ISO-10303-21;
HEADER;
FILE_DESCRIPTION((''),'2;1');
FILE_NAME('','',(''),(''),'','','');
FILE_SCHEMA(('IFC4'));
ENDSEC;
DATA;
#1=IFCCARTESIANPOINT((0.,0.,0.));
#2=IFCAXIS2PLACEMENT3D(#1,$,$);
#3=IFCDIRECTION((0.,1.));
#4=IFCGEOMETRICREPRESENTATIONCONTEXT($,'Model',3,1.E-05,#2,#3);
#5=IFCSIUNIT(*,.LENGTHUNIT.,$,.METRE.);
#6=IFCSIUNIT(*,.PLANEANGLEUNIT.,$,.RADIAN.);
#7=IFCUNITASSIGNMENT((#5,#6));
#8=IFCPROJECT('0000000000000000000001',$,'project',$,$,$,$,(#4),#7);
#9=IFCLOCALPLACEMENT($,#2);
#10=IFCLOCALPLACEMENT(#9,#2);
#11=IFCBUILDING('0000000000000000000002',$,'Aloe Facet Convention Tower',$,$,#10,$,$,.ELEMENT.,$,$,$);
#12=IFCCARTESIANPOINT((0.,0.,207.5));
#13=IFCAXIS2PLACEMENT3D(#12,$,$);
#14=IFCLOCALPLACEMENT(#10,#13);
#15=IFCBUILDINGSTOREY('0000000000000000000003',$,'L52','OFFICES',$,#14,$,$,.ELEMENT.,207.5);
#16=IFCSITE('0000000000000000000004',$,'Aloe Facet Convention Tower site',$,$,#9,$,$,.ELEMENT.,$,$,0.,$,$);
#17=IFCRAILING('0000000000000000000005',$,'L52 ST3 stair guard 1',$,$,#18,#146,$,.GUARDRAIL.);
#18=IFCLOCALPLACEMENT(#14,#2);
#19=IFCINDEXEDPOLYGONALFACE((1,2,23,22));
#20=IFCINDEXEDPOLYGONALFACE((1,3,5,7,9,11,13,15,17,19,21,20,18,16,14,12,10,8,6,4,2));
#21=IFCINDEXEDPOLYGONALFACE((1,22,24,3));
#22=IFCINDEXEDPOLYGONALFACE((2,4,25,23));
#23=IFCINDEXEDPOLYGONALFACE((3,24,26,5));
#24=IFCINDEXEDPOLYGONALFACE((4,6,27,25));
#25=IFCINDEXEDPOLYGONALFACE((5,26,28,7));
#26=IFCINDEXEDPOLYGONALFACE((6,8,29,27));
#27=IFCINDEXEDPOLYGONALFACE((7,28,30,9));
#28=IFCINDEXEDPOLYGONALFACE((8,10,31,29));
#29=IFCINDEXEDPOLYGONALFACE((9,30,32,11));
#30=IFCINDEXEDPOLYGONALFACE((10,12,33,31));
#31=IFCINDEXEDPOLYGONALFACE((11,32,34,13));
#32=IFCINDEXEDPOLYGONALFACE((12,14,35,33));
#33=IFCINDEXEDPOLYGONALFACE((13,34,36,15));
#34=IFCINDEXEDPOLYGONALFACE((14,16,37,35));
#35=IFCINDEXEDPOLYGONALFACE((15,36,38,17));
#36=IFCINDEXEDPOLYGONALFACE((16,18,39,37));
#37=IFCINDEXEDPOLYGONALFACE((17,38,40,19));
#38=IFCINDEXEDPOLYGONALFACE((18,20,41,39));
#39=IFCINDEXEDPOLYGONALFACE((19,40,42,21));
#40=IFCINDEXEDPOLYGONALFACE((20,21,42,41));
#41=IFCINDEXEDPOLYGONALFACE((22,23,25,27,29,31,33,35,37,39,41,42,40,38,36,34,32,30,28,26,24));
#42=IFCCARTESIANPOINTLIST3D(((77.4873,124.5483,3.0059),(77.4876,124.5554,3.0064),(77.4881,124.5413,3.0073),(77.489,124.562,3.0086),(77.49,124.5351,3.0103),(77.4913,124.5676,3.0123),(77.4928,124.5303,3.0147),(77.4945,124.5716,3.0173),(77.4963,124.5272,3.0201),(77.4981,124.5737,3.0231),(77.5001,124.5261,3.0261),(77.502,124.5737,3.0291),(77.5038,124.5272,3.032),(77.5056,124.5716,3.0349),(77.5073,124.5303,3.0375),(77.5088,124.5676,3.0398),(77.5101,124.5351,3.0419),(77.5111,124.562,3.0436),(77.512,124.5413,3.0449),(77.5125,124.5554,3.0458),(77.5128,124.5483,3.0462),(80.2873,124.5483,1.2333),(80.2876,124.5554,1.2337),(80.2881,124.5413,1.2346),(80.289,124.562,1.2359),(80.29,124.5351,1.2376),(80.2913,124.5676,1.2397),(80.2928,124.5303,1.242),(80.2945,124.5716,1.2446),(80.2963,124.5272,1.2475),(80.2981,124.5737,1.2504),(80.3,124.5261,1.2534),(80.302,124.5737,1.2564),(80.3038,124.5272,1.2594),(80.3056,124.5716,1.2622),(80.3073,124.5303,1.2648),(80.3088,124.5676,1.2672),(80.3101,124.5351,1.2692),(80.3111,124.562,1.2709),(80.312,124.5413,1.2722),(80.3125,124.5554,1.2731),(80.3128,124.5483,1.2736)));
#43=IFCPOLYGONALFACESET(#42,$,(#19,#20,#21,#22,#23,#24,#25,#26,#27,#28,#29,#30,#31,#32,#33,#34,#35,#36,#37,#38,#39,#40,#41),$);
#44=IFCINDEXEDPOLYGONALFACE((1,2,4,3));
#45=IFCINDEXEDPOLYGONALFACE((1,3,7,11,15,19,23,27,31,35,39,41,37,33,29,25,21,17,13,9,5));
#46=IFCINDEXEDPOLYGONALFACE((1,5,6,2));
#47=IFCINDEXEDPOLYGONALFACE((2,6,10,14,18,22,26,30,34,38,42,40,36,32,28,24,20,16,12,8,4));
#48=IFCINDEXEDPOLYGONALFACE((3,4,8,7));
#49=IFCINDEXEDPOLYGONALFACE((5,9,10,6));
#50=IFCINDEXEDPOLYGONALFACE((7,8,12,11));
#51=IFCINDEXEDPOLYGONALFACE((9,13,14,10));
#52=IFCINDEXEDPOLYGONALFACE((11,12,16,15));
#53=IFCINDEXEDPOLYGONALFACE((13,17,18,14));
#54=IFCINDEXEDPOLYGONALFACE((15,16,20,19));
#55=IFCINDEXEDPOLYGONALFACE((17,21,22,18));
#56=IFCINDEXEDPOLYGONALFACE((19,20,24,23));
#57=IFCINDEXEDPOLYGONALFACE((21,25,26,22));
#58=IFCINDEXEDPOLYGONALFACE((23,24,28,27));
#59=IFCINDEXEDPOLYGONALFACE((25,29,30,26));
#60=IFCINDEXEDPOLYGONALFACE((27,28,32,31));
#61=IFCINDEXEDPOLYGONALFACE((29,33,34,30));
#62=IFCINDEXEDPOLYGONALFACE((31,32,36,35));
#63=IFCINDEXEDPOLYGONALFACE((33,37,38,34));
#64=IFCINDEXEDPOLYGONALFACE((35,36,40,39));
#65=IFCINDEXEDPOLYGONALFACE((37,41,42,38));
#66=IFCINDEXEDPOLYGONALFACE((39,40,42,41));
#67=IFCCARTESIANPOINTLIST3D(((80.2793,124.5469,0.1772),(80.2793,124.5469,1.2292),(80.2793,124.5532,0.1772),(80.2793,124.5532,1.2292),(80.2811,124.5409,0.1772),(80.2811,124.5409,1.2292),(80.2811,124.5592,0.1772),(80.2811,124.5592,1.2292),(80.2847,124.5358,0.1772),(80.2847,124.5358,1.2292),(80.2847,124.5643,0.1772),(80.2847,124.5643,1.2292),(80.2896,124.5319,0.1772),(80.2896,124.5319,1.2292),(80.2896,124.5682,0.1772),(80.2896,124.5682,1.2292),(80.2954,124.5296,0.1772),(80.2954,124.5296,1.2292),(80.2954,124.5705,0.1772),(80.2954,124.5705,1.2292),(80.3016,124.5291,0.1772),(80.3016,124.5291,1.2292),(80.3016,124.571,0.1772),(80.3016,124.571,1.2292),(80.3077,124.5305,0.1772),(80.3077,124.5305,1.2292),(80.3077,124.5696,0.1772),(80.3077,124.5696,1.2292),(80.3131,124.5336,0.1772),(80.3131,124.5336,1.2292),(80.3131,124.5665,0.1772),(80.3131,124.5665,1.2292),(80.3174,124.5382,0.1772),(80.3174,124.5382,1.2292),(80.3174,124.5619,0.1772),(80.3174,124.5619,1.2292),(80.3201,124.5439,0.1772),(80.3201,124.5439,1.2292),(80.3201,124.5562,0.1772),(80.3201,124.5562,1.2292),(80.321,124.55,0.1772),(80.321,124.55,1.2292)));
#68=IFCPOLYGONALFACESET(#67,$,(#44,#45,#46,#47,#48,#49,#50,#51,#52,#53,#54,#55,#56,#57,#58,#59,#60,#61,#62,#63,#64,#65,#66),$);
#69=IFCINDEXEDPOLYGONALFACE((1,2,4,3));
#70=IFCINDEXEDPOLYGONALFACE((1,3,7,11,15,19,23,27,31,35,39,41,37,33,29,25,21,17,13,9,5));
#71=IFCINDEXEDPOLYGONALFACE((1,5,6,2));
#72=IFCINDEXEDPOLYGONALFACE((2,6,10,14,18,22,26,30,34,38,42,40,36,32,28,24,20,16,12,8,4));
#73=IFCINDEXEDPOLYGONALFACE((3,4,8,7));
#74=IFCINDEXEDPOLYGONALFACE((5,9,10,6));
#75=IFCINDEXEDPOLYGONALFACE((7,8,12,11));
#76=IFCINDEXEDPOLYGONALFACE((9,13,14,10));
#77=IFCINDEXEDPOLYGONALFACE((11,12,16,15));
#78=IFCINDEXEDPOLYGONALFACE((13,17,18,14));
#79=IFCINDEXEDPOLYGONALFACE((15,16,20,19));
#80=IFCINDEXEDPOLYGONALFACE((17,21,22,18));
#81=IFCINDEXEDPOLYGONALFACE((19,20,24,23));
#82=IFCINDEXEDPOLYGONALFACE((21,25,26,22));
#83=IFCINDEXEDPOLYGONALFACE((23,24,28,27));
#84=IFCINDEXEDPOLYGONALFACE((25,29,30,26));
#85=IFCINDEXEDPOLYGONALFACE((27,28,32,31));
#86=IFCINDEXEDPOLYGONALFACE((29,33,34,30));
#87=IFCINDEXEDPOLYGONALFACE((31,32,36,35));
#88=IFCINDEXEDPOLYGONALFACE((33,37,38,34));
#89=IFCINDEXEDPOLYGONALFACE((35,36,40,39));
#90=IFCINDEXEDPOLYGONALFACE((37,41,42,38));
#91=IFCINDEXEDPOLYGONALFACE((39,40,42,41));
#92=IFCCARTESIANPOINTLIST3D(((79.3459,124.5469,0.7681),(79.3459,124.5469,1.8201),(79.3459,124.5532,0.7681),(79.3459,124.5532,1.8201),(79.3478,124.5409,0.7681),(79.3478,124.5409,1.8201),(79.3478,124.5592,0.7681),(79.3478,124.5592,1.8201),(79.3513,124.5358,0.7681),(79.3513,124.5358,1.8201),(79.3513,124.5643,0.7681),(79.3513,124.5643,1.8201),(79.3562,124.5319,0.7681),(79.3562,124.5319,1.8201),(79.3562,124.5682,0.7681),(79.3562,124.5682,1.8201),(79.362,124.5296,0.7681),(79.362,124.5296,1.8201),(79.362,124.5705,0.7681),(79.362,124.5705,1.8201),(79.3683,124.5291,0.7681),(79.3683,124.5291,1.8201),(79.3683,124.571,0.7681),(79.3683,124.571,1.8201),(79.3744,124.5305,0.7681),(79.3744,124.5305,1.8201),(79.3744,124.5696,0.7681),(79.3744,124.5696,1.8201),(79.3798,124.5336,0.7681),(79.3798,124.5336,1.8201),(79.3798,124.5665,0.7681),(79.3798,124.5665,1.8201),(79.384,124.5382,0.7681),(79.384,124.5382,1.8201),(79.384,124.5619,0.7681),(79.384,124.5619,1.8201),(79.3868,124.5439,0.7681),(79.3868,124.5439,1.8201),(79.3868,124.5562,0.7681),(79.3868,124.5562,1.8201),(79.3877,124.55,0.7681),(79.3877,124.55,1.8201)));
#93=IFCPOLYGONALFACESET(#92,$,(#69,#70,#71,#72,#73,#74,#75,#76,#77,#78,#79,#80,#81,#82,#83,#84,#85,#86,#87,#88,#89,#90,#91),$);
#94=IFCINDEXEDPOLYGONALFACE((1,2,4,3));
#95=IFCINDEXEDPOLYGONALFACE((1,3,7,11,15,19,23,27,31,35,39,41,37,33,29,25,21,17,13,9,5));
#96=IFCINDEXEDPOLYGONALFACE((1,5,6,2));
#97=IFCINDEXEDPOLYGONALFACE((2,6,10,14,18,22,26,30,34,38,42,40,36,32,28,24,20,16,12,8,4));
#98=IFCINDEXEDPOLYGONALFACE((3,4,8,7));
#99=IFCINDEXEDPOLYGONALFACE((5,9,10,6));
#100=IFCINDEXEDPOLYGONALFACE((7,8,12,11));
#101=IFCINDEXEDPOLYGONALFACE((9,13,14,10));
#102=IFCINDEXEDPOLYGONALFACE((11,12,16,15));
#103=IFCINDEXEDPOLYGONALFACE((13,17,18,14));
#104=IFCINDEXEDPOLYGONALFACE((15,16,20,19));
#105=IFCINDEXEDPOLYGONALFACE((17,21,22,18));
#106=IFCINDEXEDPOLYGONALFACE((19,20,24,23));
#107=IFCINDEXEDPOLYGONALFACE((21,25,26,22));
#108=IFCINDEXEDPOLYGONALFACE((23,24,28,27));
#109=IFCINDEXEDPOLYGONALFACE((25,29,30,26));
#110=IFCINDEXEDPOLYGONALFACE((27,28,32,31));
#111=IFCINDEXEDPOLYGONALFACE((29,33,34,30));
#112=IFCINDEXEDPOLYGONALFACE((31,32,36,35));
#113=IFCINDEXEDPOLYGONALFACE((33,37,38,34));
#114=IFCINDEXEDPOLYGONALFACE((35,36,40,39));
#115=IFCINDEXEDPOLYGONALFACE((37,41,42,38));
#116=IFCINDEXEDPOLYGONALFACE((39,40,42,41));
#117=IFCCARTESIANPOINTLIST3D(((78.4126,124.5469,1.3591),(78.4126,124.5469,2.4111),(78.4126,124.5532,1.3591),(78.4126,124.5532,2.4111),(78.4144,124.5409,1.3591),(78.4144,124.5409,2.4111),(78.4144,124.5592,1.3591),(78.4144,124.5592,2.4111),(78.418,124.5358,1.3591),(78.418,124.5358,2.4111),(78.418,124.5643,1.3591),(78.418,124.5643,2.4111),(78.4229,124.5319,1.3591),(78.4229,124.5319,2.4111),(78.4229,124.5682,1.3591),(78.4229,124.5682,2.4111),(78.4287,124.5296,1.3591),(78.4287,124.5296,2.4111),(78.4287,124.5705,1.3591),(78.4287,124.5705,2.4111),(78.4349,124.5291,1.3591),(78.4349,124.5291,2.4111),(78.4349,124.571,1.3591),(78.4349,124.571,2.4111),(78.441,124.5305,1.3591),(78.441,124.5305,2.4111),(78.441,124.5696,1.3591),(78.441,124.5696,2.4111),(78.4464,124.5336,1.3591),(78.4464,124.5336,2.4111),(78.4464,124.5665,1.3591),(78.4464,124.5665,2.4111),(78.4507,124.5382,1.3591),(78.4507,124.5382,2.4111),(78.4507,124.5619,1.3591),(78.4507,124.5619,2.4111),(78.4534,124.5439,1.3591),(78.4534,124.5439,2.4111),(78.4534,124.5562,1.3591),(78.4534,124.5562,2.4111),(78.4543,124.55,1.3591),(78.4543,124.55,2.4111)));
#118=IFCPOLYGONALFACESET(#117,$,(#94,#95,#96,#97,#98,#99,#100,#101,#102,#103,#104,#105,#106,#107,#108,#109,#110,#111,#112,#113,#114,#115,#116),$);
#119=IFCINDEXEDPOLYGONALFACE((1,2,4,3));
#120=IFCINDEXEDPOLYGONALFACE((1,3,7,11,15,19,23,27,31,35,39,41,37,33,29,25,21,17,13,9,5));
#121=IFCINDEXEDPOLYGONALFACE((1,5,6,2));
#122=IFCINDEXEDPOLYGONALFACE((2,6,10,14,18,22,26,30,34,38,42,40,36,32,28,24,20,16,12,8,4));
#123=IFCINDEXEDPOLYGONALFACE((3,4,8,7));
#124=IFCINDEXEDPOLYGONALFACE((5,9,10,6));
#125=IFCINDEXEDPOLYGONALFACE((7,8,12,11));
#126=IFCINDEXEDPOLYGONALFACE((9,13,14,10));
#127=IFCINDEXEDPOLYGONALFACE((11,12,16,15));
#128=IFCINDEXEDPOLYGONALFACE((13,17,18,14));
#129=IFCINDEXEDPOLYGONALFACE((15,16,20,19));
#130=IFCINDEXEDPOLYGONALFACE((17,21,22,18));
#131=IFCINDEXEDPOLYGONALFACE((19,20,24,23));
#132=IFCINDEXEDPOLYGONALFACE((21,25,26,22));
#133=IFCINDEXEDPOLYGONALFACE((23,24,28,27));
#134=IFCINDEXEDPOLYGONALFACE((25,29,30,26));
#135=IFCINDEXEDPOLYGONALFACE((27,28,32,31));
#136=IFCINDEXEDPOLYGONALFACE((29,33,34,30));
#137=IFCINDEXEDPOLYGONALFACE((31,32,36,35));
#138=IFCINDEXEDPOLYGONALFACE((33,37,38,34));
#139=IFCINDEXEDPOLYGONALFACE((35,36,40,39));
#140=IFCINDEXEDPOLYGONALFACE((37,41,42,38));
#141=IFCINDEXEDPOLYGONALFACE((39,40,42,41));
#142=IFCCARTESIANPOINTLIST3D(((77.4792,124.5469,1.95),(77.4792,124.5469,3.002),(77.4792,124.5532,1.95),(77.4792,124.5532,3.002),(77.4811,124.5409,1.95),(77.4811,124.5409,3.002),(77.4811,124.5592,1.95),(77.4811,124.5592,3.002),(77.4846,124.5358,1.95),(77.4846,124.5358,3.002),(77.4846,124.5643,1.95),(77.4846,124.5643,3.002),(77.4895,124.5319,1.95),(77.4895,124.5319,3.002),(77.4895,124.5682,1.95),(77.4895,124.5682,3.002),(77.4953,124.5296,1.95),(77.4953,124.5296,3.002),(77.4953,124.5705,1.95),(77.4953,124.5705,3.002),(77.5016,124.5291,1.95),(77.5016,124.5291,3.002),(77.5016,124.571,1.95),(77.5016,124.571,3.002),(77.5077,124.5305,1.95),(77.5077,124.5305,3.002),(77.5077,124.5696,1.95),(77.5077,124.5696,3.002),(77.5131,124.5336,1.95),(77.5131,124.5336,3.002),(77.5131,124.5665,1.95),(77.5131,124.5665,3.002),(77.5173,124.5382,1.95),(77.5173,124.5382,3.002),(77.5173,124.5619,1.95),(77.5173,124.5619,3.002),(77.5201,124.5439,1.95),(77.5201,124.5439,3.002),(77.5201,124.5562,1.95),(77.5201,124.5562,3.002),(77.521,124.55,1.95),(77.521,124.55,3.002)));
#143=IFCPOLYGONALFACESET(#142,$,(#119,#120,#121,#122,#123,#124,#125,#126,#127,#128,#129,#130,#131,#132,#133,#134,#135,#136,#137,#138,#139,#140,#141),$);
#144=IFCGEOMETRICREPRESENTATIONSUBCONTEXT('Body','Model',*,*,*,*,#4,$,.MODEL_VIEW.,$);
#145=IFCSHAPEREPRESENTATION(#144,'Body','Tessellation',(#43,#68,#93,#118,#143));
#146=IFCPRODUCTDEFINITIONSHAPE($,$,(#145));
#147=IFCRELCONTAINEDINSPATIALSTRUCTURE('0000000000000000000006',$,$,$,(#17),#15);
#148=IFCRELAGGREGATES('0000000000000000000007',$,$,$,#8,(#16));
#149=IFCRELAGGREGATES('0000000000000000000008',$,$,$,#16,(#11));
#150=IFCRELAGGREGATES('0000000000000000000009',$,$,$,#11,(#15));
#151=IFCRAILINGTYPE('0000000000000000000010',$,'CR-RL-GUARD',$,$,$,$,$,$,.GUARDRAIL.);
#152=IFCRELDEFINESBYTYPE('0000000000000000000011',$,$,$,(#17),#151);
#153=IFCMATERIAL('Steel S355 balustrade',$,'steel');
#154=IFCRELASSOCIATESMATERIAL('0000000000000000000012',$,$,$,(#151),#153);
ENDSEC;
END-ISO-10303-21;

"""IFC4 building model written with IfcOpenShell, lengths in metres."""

from ifc_helpers import new_model, si_unit, direction, frame, origin, origin_2d, place, context, subcontext, project, spatial, circle, extrude, material, type_object, element, save


model = new_model("IFC4")

# Units and contexts
model_context = context("Model", 3, precision=1e-05, world=origin(), true_north=direction((0.0, 1.0)))
body_context = subcontext(model_context, "Body", "Model", "MODEL_VIEW")
ifc_project = project(units=[si_unit("LENGTHUNIT", "METRE"), si_unit("PLANEANGLEUNIT", "RADIAN")], contexts=[model_context])

# Site, building, storey
site_placement = place(None, origin())
site = spatial("IfcSite", under=ifc_project, at=site_placement, Name="Aloe Facet Convention Tower site", CompositionType="ELEMENT", RefElevation=0.0)
building_placement = place(site_placement, origin())
building = spatial("IfcBuilding", under=site, at=building_placement, Name="Aloe Facet Convention Tower", CompositionType="ELEMENT")
storey_placement = place(building_placement, frame((0.0, 0.0, 207.5)))
storey = spatial("IfcBuildingStorey", under=building, at=storey_placement, Name="L52", Description="OFFICES", CompositionType="ELEMENT", Elevation=207.5)

# Railing
ifc_material_1 = material(Name="Steel S355 balustrade", Category="steel")
railing_type_1 = type_object("IfcRailingType", Name="CR-RL-GUARD", PredefinedType="GUARDRAIL", material=ifc_material_1)
railing_1_placement = place(storey_placement, frame((80.3, 124.55, 0.1772)))
element("IfcRailing", 1, at=railing_1_placement, inside=storey, type_object=railing_type_1, Name="L52 ST3 stair guard 1", PredefinedType="GUARDRAIL", context=body_context, shape_type="SweptSolid", body=[
    extrude(circle(Radius=0.0239, at=origin_2d()), frame((0.0, 0.0, 1.0762), z_axis=(-0.844909, 0.0, 0.53491), x_axis=(0.0, -1.0, 0.0)), (0.0, 0.0, 1.0), 3.314),
    extrude(circle(Radius=0.021, at=origin_2d()), origin(), (0.0, 0.0, 1.0), 1.052),
    extrude(circle(Radius=0.021, at=origin_2d()), frame((-0.9333, 0.0, 0.5908)), (0.0, 0.0, 1.0), 1.052),
    extrude(circle(Radius=0.021, at=origin_2d()), frame((-1.8667, 0.0, 1.1819)), (0.0, 0.0, 1.0), 1.052),
    extrude(circle(Radius=0.021, at=origin_2d()), frame((-2.8, 0.0, 1.7727)), (0.0, 0.0, 1.0), 1.052),
])

save(model, "model.ifc")
